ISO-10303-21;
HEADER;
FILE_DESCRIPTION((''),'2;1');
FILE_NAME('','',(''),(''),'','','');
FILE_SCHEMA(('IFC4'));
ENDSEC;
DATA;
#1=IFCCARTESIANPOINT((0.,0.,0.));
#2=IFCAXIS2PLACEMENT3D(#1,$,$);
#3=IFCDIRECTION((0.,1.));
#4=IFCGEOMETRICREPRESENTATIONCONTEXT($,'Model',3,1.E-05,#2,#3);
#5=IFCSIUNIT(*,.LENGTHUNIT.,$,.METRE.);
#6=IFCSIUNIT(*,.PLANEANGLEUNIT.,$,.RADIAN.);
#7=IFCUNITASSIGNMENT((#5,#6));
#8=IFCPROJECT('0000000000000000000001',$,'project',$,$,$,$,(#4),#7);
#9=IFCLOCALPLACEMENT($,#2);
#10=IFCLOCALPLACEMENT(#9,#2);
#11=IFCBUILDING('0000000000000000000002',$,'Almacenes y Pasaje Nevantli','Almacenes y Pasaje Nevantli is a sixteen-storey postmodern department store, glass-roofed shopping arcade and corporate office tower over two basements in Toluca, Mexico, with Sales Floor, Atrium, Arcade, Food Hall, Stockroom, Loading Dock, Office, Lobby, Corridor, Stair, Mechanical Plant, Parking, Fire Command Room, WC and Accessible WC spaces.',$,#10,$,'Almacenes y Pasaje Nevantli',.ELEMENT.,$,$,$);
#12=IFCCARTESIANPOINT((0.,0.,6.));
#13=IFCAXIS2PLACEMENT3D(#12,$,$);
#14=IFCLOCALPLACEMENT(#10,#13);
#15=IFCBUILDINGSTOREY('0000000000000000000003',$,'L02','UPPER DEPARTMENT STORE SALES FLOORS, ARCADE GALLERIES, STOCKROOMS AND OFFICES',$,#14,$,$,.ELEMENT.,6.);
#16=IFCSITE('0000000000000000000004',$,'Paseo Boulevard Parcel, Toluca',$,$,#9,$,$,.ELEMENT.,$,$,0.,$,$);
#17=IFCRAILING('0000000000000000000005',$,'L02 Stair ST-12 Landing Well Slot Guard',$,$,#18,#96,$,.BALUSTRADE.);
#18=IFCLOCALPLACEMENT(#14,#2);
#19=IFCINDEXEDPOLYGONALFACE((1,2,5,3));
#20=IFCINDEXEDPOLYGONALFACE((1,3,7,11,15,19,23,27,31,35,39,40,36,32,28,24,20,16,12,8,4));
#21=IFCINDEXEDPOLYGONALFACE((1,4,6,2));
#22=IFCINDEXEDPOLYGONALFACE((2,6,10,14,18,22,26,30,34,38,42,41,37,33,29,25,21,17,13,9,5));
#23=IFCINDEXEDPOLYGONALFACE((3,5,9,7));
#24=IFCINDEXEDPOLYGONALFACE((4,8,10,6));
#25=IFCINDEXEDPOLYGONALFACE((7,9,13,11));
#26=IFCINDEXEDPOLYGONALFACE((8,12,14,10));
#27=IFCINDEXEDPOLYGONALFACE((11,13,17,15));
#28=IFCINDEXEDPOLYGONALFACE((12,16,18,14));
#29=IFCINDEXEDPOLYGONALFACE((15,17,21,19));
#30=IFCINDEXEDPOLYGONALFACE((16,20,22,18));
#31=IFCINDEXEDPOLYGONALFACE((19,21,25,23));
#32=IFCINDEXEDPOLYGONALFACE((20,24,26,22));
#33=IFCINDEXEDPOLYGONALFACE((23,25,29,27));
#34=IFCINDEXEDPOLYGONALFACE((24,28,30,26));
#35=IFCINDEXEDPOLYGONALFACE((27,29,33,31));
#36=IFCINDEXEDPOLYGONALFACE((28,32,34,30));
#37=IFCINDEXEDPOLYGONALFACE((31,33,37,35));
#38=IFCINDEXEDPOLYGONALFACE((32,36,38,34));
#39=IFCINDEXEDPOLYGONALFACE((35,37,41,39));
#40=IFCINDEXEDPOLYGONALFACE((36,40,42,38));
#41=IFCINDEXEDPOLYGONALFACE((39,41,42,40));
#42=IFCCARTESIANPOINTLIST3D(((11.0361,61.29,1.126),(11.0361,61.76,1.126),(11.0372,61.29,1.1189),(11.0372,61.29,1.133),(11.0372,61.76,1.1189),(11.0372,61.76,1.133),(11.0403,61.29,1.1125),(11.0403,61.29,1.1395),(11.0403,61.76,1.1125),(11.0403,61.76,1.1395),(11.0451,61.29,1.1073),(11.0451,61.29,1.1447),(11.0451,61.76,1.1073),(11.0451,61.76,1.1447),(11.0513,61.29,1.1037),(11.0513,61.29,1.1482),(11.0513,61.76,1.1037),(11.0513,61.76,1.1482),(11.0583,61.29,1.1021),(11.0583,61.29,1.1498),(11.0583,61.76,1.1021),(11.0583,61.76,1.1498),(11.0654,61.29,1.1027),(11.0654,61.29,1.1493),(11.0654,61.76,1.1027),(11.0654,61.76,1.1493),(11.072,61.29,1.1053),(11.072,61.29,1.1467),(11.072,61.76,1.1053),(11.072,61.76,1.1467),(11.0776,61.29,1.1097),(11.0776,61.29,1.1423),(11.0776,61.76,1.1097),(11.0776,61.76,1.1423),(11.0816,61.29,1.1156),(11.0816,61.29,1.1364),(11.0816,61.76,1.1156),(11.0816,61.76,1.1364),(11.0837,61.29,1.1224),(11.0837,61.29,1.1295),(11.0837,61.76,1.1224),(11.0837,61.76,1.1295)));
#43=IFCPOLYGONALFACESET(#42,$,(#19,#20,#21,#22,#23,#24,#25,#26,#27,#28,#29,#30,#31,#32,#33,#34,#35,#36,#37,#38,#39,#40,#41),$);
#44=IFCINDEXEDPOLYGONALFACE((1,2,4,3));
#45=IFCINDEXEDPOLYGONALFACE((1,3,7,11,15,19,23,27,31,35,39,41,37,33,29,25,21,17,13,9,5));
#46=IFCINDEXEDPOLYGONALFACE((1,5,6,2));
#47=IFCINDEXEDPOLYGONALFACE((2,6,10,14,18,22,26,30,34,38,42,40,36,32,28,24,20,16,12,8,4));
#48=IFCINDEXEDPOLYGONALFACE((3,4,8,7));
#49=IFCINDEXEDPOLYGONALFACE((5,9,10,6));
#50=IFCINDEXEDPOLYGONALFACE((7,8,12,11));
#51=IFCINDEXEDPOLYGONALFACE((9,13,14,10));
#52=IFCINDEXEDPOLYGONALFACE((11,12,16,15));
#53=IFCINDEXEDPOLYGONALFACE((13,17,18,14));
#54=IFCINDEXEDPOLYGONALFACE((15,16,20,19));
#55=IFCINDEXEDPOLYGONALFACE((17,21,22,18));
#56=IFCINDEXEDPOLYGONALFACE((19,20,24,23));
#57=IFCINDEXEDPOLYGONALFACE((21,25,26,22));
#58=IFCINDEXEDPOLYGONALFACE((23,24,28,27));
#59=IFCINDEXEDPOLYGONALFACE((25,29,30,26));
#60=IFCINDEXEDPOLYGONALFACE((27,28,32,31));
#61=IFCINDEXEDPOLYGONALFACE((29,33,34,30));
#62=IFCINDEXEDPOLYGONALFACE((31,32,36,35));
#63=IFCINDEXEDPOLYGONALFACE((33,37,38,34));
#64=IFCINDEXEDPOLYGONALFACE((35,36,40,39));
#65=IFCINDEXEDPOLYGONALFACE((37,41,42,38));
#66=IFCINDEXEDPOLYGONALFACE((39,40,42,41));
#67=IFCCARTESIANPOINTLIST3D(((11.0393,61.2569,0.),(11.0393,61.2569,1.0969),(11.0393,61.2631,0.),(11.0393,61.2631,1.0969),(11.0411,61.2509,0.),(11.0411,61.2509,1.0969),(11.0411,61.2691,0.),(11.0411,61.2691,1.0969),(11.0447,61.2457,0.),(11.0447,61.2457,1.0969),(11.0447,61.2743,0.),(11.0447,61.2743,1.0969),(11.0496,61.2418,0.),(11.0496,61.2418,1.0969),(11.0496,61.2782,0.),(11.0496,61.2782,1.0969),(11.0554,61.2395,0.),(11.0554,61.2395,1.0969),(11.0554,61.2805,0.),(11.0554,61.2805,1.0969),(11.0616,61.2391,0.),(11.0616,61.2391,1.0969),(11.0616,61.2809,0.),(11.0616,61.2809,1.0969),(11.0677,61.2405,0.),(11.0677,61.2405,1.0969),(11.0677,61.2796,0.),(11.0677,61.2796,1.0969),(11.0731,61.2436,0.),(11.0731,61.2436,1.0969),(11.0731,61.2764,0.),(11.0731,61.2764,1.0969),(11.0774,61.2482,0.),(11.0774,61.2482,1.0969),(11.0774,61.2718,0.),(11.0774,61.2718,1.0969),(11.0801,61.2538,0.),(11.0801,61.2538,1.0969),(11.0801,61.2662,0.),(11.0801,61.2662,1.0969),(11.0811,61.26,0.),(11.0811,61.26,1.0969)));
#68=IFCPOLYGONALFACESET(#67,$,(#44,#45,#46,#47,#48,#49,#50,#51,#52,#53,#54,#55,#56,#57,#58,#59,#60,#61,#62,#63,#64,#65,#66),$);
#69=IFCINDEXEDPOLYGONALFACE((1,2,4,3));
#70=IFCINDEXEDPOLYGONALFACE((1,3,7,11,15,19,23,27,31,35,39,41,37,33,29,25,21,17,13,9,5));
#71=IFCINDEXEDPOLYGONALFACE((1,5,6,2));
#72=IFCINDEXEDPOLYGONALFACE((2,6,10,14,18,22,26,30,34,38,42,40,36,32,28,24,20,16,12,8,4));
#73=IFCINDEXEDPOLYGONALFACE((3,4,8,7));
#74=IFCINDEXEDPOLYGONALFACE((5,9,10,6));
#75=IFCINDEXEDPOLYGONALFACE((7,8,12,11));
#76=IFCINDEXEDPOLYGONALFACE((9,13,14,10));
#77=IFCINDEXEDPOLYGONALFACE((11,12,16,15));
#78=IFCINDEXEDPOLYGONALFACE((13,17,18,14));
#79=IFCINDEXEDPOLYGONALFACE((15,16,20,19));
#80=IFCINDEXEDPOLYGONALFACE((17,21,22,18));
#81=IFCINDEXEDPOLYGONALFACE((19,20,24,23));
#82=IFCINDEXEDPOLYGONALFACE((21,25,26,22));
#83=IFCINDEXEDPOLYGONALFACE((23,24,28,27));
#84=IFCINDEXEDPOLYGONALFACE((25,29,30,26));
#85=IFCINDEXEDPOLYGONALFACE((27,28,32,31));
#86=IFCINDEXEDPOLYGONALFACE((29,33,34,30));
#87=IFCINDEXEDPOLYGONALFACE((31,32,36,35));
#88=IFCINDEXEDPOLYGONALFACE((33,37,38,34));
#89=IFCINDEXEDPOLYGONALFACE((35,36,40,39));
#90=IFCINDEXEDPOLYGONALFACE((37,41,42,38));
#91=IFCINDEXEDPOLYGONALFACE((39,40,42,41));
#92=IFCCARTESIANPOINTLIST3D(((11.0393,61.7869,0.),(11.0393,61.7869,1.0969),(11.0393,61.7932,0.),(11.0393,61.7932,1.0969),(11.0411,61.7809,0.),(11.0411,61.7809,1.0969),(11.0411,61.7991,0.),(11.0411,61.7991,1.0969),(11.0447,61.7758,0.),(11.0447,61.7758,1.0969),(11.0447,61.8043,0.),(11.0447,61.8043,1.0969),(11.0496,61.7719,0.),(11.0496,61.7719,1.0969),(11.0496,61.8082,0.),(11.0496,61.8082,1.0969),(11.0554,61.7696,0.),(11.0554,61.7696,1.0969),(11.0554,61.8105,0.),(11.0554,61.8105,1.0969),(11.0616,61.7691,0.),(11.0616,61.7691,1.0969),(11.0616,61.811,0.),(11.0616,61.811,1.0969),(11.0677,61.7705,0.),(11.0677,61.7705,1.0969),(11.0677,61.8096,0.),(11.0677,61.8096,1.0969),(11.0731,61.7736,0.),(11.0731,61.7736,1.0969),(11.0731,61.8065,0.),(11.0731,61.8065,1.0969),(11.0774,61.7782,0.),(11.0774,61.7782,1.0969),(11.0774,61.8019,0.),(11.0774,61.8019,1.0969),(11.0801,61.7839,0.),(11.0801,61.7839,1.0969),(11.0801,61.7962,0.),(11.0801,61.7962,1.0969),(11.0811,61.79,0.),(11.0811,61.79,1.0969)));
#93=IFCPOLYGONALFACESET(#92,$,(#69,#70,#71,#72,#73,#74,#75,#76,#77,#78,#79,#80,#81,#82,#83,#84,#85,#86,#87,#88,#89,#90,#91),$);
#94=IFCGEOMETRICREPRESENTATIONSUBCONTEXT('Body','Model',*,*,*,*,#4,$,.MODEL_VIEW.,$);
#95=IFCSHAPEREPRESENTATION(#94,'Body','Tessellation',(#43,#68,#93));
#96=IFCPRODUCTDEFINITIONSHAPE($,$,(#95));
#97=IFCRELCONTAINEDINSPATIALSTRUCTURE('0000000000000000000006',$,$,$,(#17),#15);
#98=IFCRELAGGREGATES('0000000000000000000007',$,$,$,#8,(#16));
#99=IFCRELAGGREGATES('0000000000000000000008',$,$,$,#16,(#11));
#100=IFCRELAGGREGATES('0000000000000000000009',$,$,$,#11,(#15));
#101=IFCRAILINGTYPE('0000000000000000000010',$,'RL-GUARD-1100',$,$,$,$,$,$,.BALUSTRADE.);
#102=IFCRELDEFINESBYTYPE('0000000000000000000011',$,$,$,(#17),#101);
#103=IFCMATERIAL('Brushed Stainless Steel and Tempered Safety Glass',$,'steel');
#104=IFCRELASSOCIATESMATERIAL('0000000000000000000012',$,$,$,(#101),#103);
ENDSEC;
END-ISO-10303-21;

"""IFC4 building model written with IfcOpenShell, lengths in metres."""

from ifc_helpers import new_model, si_unit, direction, frame, origin, origin_2d, place, context, subcontext, project, spatial, circle, extrude, material, type_object, element, save


model = new_model("IFC4")

# Units and contexts
model_context = context("Model", 3, precision=1e-05, world=origin(), true_north=direction((0.0, 1.0)))
body_context = subcontext(model_context, "Body", "Model", "MODEL_VIEW")
ifc_project = project(units=[si_unit("LENGTHUNIT", "METRE"), si_unit("PLANEANGLEUNIT", "RADIAN")], contexts=[model_context])

# Site, building, storey
site_placement = place(None, origin())
site = spatial("IfcSite", under=ifc_project, at=site_placement, Name="Paseo Boulevard Parcel, Toluca", CompositionType="ELEMENT", RefElevation=0.0)
building_placement = place(site_placement, origin())
building = spatial("IfcBuilding", under=site, at=building_placement, Name="Almacenes y Pasaje Nevantli", Description="Almacenes y Pasaje Nevantli is a sixteen-storey postmodern department store, glass-roofed shopping arcade and corporate office tower over two basements in Toluca, Mexico, with Sales Floor, Atrium, Arcade, Food Hall, Stockroom, Loading Dock, Office, Lobby, Corridor, Stair, Mechanical Plant, Parking, Fire Command Room, WC and Accessible WC spaces.", LongName="Almacenes y Pasaje Nevantli", CompositionType="ELEMENT")
storey_placement = place(building_placement, frame((0.0, 0.0, 6.0)))
storey = spatial("IfcBuildingStorey", under=building, at=storey_placement, Name="L02", Description="UPPER DEPARTMENT STORE SALES FLOORS, ARCADE GALLERIES, STOCKROOMS AND OFFICES", CompositionType="ELEMENT", Elevation=6.0)

# Railing
ifc_material_1 = material(Name="Brushed Stainless Steel and Tempered Safety Glass", Category="steel")
railing_type_1 = type_object("IfcRailingType", Name="RL-GUARD-1100", PredefinedType="BALUSTRADE", material=ifc_material_1)
railing_1_placement = place(storey_placement, frame((11.0601, 61.26, 0.0)))
element("IfcRailing", 1, at=railing_1_placement, inside=storey, type_object=railing_type_1, Name="L02 Stair ST-12 Landing Well Slot Guard", PredefinedType="BALUSTRADE", context=body_context, shape_type="SweptSolid", body=[
    extrude(circle(Radius=0.0239, at=origin_2d()), frame((0.0, 0.03, 1.126), z_axis=(0.0, 1.0, 0.0), x_axis=(-1.0, 0.0, 0.0)), (0.0, 0.0, 1.0), 0.47),
    extrude(circle(Radius=0.021, at=origin_2d()), origin(), (0.0, 0.0, 1.0), 1.0969),
    extrude(circle(Radius=0.021, at=origin_2d()), frame((0.0, 0.53, 0.0)), (0.0, 0.0, 1.0), 1.0969),
])

save(model, "model.ifc")
